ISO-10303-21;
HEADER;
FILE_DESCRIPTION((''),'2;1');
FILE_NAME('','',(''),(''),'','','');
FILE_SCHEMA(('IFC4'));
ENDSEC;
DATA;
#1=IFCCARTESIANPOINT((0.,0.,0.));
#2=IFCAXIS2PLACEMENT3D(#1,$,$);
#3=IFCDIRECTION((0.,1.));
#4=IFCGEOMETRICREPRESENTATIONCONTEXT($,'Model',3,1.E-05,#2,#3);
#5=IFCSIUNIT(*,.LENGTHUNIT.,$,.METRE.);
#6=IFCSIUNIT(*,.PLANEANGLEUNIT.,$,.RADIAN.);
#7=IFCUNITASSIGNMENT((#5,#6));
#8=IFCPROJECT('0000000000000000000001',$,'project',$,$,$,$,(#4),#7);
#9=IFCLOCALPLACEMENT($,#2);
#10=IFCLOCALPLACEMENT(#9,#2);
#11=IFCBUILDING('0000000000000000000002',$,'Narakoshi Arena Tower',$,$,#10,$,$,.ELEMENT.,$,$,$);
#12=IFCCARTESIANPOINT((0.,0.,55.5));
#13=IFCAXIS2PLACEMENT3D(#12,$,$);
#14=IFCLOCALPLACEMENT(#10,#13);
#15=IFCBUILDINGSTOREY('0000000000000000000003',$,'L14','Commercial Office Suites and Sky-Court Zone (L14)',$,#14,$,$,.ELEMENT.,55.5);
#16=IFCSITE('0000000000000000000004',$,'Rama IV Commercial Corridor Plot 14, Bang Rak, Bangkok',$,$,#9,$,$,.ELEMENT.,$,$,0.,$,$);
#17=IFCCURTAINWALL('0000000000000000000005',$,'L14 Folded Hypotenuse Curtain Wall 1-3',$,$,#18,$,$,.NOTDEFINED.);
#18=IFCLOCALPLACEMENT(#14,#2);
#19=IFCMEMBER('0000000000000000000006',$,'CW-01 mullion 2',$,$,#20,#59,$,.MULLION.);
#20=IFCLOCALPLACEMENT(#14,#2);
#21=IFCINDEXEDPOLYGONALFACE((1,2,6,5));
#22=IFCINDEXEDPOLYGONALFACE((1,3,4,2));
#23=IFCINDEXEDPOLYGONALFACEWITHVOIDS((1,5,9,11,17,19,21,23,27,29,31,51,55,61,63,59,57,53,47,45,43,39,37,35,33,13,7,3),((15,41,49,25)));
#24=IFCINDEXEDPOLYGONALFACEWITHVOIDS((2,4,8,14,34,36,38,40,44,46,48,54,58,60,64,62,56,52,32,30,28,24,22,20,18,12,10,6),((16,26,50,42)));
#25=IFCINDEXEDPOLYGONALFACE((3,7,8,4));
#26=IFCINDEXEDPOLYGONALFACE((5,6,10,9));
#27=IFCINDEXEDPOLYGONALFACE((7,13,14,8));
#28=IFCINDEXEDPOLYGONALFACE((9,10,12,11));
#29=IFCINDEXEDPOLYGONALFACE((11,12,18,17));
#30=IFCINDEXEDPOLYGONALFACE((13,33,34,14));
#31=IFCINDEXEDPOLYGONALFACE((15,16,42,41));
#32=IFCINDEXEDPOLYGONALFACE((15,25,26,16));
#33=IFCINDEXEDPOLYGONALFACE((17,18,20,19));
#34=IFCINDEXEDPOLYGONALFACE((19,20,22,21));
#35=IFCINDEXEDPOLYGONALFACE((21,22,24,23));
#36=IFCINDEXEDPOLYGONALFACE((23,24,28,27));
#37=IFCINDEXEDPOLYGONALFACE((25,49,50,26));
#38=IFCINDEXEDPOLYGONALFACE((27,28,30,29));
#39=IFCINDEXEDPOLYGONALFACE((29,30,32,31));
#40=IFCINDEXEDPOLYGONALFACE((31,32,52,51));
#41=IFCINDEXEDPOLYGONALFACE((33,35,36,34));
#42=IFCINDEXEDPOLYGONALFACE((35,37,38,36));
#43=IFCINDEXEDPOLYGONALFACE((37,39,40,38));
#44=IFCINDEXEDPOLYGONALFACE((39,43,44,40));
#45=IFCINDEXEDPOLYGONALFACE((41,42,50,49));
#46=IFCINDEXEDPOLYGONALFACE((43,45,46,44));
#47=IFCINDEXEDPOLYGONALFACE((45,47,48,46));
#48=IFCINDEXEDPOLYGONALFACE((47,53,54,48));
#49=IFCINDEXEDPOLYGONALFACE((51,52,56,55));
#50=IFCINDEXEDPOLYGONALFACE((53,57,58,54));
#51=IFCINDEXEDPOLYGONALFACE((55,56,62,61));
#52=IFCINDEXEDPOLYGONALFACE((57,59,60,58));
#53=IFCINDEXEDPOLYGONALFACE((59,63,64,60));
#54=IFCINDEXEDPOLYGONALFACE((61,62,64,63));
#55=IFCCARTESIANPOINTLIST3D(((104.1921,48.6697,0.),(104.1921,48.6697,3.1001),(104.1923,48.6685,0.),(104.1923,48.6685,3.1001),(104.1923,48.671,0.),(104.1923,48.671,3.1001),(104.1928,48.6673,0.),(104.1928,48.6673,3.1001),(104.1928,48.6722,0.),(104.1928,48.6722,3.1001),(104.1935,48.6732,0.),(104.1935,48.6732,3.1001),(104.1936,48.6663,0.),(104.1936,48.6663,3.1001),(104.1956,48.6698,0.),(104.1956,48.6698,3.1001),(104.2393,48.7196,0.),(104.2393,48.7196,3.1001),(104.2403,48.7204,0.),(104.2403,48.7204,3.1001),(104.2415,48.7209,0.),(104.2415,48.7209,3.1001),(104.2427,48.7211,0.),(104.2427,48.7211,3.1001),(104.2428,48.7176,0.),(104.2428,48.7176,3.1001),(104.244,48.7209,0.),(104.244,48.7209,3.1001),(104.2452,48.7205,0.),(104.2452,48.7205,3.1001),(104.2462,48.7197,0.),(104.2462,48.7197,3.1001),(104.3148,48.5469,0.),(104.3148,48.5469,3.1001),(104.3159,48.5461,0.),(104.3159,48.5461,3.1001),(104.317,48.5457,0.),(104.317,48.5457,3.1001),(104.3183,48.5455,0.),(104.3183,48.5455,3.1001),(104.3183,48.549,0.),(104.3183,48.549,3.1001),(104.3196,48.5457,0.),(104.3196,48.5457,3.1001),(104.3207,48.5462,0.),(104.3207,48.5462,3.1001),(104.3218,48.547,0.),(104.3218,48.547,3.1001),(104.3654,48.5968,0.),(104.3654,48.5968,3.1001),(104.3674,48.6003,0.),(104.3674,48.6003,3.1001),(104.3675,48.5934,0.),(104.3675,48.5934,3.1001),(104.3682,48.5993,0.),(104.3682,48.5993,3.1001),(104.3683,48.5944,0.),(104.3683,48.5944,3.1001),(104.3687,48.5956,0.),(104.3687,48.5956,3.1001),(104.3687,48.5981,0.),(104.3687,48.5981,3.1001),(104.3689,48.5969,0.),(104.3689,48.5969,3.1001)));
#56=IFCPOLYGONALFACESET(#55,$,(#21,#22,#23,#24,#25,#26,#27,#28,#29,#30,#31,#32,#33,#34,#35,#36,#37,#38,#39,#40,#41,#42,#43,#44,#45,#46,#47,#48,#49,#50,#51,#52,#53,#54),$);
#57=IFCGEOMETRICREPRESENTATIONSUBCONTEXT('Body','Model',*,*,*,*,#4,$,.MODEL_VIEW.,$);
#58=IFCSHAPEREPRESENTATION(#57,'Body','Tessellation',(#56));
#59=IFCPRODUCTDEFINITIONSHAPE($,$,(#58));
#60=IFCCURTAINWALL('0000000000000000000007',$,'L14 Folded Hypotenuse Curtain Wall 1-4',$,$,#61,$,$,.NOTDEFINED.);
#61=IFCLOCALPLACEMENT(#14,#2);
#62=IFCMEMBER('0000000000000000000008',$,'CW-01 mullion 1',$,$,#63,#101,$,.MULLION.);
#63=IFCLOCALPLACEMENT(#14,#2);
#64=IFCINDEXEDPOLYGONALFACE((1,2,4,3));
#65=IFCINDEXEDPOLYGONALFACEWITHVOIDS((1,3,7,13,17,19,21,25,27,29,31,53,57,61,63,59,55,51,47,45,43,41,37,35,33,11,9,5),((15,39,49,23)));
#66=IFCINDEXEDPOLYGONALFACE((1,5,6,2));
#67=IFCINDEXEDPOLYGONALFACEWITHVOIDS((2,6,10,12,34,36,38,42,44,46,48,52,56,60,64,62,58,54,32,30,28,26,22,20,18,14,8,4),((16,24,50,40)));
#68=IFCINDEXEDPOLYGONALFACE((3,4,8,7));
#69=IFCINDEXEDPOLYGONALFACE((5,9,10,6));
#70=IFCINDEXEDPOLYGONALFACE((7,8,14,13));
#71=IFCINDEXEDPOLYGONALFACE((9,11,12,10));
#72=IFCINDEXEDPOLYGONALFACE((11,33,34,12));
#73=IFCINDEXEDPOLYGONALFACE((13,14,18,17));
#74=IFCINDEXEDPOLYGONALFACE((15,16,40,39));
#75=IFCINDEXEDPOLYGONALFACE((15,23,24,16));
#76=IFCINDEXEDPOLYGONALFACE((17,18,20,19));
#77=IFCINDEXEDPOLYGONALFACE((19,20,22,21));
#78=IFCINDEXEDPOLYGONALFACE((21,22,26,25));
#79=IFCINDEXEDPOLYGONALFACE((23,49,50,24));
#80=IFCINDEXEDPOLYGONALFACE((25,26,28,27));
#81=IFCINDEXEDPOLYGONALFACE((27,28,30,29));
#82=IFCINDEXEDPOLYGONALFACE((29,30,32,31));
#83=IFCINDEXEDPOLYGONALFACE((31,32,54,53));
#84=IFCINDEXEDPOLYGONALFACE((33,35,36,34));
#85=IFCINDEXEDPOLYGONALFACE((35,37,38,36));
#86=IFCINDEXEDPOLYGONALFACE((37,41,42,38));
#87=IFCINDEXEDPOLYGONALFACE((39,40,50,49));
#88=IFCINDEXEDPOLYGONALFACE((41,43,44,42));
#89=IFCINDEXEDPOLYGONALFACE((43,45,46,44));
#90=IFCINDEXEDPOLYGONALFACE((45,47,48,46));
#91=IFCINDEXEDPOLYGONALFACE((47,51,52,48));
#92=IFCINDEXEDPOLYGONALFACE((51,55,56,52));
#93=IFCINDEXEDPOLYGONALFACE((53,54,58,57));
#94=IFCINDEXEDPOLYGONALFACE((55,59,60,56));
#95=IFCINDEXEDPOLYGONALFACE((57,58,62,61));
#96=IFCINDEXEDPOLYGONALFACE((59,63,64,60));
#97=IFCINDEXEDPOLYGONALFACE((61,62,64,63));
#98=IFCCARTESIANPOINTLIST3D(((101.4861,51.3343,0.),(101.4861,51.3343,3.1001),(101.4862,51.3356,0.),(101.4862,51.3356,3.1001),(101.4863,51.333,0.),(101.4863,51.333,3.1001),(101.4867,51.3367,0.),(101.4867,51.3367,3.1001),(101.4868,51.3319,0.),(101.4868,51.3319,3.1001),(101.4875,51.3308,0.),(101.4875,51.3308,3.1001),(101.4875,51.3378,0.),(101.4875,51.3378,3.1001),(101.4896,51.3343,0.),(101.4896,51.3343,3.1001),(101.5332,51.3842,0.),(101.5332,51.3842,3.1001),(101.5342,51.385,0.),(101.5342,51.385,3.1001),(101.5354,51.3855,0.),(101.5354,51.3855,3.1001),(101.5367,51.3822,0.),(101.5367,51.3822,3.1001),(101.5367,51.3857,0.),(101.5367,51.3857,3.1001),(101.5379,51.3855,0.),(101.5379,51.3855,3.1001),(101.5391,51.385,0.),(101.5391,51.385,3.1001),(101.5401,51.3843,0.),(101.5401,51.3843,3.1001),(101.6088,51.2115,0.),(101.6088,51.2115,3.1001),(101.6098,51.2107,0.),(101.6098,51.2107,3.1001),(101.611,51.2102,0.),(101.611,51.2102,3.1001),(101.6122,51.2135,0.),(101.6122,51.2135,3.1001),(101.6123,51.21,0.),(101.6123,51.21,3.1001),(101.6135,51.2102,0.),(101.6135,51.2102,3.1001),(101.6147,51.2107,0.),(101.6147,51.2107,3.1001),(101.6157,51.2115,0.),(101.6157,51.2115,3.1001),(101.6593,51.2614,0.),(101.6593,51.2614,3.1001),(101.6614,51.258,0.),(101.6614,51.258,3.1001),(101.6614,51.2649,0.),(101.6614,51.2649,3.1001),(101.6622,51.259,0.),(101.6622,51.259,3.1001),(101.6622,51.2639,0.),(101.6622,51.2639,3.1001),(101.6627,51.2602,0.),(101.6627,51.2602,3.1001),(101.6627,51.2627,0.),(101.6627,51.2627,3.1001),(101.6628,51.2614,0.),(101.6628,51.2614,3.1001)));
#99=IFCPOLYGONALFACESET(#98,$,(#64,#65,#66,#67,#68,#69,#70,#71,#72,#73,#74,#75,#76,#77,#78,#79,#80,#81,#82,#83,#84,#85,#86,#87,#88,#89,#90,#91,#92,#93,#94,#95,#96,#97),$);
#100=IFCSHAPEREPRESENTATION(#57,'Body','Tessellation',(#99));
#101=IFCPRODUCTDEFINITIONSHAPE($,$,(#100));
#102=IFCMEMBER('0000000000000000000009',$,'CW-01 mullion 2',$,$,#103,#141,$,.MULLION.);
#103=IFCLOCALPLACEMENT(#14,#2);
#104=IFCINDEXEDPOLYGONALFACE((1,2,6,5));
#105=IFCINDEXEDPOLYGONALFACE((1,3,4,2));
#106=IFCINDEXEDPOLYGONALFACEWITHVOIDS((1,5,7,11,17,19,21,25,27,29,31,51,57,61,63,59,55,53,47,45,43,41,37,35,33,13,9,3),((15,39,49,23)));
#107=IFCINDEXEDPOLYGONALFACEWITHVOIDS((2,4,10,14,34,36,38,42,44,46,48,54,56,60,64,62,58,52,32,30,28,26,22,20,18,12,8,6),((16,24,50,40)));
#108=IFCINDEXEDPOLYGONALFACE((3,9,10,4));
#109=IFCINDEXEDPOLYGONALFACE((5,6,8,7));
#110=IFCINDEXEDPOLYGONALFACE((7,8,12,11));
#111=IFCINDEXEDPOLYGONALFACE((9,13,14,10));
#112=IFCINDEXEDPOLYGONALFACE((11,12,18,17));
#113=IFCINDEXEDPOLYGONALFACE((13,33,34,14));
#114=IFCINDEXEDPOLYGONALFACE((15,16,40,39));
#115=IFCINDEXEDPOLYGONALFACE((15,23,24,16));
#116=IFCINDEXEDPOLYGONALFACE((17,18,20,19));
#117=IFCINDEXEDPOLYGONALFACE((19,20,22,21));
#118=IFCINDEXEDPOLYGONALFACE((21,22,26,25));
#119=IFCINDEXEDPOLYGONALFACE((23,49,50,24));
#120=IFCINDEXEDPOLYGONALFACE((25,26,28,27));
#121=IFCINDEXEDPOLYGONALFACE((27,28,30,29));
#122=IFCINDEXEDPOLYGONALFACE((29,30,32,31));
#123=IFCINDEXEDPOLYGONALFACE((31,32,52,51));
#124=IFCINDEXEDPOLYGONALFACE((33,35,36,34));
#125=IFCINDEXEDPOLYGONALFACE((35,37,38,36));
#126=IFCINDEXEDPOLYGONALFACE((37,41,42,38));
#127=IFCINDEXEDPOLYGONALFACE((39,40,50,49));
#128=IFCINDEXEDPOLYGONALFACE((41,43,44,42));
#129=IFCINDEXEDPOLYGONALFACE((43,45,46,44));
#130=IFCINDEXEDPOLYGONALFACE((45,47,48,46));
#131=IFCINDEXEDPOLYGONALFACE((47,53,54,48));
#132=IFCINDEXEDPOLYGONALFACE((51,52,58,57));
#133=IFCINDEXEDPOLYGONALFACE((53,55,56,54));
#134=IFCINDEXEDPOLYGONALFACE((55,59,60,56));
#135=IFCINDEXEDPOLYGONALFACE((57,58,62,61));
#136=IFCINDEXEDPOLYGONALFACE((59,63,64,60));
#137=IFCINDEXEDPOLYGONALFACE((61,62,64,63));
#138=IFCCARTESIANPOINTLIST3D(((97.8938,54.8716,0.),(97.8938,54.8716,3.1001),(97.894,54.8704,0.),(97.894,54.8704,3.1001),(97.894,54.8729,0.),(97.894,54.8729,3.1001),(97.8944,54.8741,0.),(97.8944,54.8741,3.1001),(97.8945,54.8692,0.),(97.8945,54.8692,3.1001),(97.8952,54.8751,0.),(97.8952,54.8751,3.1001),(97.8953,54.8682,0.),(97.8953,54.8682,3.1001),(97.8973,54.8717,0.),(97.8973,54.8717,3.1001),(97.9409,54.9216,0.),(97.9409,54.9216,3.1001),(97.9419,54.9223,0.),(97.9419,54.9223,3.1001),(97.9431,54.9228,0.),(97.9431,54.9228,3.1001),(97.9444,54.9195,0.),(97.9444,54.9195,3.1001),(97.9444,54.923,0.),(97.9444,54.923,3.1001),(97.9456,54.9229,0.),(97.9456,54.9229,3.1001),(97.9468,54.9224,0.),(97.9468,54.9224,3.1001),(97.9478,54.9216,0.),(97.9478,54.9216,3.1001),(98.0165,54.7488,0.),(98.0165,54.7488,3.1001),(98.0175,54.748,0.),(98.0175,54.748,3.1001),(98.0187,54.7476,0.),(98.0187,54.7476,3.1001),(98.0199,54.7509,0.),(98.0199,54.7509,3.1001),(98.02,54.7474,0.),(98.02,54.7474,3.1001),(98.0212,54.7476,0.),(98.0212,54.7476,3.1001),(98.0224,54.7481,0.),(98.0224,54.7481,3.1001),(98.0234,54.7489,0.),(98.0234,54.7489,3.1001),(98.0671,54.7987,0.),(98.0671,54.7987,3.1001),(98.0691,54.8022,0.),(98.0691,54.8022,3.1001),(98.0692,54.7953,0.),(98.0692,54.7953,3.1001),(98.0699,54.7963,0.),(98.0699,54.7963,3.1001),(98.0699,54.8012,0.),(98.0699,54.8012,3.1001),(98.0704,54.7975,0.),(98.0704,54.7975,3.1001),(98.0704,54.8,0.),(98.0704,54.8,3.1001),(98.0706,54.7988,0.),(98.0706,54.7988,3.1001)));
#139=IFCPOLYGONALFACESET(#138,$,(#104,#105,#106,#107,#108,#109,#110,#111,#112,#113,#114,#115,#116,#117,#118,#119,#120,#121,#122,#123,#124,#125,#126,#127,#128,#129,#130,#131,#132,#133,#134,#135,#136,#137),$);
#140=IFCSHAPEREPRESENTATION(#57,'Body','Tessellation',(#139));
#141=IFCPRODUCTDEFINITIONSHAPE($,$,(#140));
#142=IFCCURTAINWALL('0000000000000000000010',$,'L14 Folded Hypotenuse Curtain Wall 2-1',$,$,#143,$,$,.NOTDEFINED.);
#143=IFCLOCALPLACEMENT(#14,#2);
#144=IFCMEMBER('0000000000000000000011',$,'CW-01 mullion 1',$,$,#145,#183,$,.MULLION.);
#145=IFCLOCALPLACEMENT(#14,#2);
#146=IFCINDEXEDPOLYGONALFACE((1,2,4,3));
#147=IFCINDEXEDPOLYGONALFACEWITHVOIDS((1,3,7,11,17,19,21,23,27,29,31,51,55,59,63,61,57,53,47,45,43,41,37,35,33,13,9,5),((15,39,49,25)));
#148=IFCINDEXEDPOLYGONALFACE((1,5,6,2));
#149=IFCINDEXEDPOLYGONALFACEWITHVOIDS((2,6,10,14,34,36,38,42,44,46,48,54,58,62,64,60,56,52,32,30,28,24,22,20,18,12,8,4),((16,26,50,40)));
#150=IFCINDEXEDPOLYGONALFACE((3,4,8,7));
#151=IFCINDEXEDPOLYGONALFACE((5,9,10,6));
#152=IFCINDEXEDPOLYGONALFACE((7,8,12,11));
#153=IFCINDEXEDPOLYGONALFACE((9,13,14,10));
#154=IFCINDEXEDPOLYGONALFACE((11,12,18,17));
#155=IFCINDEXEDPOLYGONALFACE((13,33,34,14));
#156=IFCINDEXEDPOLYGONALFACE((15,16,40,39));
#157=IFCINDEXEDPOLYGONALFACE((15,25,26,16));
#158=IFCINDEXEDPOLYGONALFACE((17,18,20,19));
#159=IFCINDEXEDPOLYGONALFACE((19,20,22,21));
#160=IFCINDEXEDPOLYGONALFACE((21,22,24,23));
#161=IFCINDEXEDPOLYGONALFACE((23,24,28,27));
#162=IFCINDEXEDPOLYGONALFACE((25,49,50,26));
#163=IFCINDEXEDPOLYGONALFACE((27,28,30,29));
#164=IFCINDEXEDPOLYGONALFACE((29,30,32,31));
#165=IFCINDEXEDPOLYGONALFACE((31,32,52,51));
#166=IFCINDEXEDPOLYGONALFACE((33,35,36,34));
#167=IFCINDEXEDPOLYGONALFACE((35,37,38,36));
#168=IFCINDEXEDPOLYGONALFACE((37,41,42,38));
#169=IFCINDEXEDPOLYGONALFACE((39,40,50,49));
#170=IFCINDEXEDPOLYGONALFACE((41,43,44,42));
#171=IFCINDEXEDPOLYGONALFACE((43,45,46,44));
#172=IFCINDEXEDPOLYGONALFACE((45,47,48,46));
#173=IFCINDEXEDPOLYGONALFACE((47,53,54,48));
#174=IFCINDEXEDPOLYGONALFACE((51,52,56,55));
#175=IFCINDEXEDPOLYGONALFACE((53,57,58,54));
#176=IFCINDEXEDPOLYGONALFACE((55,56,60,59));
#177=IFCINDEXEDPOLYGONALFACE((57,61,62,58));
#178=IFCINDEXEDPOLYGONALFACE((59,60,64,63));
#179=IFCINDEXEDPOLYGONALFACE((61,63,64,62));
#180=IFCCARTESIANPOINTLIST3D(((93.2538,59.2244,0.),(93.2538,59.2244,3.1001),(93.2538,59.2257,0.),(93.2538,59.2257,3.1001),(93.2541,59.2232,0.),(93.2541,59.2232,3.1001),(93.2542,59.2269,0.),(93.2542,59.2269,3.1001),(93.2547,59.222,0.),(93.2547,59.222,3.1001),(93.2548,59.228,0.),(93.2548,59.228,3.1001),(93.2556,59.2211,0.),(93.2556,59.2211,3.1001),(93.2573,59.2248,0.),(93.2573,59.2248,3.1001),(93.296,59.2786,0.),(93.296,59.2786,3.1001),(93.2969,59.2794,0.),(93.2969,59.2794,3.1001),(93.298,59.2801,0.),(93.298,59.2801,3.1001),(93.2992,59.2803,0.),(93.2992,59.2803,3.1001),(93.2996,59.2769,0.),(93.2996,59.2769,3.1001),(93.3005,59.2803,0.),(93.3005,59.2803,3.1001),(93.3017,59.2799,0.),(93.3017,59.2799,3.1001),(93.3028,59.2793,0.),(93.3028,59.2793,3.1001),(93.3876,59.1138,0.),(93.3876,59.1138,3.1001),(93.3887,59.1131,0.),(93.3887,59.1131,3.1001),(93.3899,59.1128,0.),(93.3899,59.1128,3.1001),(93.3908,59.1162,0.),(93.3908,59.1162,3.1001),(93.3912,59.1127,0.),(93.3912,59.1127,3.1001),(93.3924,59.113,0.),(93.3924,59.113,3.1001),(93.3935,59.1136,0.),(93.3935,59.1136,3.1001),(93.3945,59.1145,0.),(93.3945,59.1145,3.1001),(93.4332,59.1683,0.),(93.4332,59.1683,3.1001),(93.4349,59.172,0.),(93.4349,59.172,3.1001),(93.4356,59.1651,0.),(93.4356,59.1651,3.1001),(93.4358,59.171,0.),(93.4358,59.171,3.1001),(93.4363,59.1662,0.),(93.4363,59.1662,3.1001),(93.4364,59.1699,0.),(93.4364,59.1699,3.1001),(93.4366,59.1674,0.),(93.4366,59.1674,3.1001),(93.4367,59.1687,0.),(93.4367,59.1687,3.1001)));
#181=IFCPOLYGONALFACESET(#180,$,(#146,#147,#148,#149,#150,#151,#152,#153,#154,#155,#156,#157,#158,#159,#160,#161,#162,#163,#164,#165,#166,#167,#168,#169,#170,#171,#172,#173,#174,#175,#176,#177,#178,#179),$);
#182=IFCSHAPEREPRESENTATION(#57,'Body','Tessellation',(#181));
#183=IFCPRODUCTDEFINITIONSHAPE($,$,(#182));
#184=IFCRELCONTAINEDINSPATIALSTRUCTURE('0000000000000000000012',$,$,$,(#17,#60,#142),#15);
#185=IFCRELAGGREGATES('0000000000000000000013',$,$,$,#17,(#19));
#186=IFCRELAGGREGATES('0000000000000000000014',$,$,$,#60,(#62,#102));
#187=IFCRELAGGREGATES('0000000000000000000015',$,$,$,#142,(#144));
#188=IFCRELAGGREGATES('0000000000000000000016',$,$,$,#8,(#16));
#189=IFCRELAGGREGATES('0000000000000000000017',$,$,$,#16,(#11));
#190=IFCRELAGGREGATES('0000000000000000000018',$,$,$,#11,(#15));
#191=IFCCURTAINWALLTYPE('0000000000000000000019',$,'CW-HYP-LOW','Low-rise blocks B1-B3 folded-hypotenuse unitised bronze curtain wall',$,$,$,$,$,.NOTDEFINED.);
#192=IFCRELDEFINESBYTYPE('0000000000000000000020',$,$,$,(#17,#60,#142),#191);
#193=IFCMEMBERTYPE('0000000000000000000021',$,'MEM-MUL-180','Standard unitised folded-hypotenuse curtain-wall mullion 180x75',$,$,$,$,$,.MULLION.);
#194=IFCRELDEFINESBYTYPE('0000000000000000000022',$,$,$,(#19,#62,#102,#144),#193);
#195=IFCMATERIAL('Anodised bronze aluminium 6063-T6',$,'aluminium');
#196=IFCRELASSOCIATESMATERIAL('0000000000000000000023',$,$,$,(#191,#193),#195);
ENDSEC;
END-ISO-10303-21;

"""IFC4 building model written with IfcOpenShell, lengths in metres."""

from ifc_helpers import new_model, si_unit, direction, frame, origin, origin_2d, place, context, subcontext, project, spatial, hollow_rectangle, extrude, material, material_profile, profile_set, type_object, element, aggregate, save


model = new_model("IFC4")

# Units and contexts
model_context = context("Model", 3, precision=1e-05, world=origin(), true_north=direction((0.0, 1.0)))
body_context = subcontext(model_context, "Body", "Model", "MODEL_VIEW")
ifc_project = project(units=[si_unit("LENGTHUNIT", "METRE"), si_unit("PLANEANGLEUNIT", "RADIAN")], contexts=[model_context])

# Site, building, storey
site_placement = place(None, origin())
site = spatial("IfcSite", under=ifc_project, at=site_placement, Name="Rama IV Commercial Corridor Plot 14, Bang Rak, Bangkok", CompositionType="ELEMENT", RefElevation=0.0)
building_placement = place(site_placement, origin())
building = spatial("IfcBuilding", under=site, at=building_placement, Name="Narakoshi Arena Tower", CompositionType="ELEMENT")
storey_placement = place(building_placement, frame((0.0, 0.0, 55.5)))
storey = spatial("IfcBuildingStorey", under=building, at=storey_placement, Name="L14", Description="Commercial Office Suites and Sky-Court Zone (L14)", CompositionType="ELEMENT", Elevation=55.5)

# Curtain wall, member
ifc_material_1 = material(Name="Anodised bronze aluminium 6063-T6", Category="aluminium")
curtain_wall_type = type_object("IfcCurtainWallType", Name="CW-HYP-LOW", Description="Low-rise blocks B1-B3 folded-hypotenuse unitised bronze curtain wall", PredefinedType="NOTDEFINED", material=ifc_material_1)
curtain_wall_1_placement = place(storey_placement, origin())
curtain_wall_1 = element("IfcCurtainWall", 1, at=curtain_wall_1_placement, inside=storey, type_object=curtain_wall_type, Name="L14 Folded Hypotenuse Curtain Wall 1-3", PredefinedType="NOTDEFINED")
ifc_material_profile_1 = material_profile(ifc_material_1, hollow_rectangle(XDim=0.075, YDim=0.1799, WallThickness=0.0039, OuterFilletRadius=0.0049, at=origin_2d()), Name="MUL180x75x4")
ifc_profile_set_1 = profile_set([ifc_material_profile_1], Name="Anodised bronze aluminium 6063-T6")
member_type_1 = type_object("IfcMemberType", Name="MEM-MUL-180", Description="Standard unitised folded-hypotenuse curtain-wall mullion 180x75", PredefinedType="MULLION", material=ifc_profile_set_1)
member_1_placement = place(storey_placement, frame((104.2805, 48.6333, 0.0), z_axis=(0.0, 0.0, 1.0), x_axis=(-0.701633, -0.712539, 0.0)))
member_1 = element("IfcMember", 2, at=member_1_placement, type_object=member_type_1, Name="CW-01 mullion 2", PredefinedType="MULLION", context=body_context, shape_type="SweptSolid", body=[
    extrude(hollow_rectangle(XDim=0.075, YDim=0.1799, WallThickness=0.0039, OuterFilletRadius=0.0049, at=origin_2d()), origin(), (0.0, 0.0, 1.0), 3.1001),
])

# Curtain walls, members
curtain_wall_2_placement = place(storey_placement, origin())
curtain_wall_2 = element("IfcCurtainWall", 3, at=curtain_wall_2_placement, inside=storey, type_object=curtain_wall_type, Name="L14 Folded Hypotenuse Curtain Wall 1-4", PredefinedType="NOTDEFINED")
member_2_placement = place(storey_placement, frame((101.5745, 51.2979, 0.0), z_axis=(0.0, 0.0, 1.0), x_axis=(-0.701633, -0.712539, 0.0)))
member_2 = element("IfcMember", 4, at=member_2_placement, type_object=member_type_1, Name="CW-01 mullion 1", PredefinedType="MULLION", context=body_context, shape_type="SweptSolid", body=[
    extrude(hollow_rectangle(XDim=0.075, YDim=0.1799, WallThickness=0.0039, OuterFilletRadius=0.0049, at=origin_2d()), origin(), (0.0, 0.0, 1.0), 3.1001),
])
member_3_placement = place(storey_placement, frame((97.9822, 54.8352, 0.0), z_axis=(0.0, 0.0, 1.0), x_axis=(-0.701633, -0.712539, 0.0)))
member_3 = element("IfcMember", 5, at=member_3_placement, type_object=member_type_1, Name="CW-01 mullion 2", PredefinedType="MULLION", context=body_context, shape_type="SweptSolid", body=[
    extrude(hollow_rectangle(XDim=0.075, YDim=0.1799, WallThickness=0.0039, OuterFilletRadius=0.0049, at=origin_2d()), origin(), (0.0, 0.0, 1.0), 3.1001),
])
curtain_wall_3_placement = place(storey_placement, origin())
curtain_wall_3 = element("IfcCurtainWall", 6, at=curtain_wall_3_placement, inside=storey, type_object=curtain_wall_type, Name="L14 Folded Hypotenuse Curtain Wall 2-1", PredefinedType="NOTDEFINED")
member_4_placement = place(storey_placement, frame((93.3452, 59.1965, 0.0), z_axis=(0.0, 0.0, 1.0), x_axis=(-0.630723, -0.776008, 0.0)))
member_4 = element("IfcMember", 7, at=member_4_placement, type_object=member_type_1, Name="CW-01 mullion 1", PredefinedType="MULLION", context=body_context, shape_type="SweptSolid", body=[
    extrude(hollow_rectangle(XDim=0.075, YDim=0.1799, WallThickness=0.0039, OuterFilletRadius=0.0049, at=origin_2d()), origin(), (0.0, 0.0, 1.0), 3.1001),
])

aggregate(curtain_wall_1, [member_1])
aggregate(curtain_wall_2, [member_2, member_3])
aggregate(curtain_wall_3, [member_4])

save(model, "model.ifc")
